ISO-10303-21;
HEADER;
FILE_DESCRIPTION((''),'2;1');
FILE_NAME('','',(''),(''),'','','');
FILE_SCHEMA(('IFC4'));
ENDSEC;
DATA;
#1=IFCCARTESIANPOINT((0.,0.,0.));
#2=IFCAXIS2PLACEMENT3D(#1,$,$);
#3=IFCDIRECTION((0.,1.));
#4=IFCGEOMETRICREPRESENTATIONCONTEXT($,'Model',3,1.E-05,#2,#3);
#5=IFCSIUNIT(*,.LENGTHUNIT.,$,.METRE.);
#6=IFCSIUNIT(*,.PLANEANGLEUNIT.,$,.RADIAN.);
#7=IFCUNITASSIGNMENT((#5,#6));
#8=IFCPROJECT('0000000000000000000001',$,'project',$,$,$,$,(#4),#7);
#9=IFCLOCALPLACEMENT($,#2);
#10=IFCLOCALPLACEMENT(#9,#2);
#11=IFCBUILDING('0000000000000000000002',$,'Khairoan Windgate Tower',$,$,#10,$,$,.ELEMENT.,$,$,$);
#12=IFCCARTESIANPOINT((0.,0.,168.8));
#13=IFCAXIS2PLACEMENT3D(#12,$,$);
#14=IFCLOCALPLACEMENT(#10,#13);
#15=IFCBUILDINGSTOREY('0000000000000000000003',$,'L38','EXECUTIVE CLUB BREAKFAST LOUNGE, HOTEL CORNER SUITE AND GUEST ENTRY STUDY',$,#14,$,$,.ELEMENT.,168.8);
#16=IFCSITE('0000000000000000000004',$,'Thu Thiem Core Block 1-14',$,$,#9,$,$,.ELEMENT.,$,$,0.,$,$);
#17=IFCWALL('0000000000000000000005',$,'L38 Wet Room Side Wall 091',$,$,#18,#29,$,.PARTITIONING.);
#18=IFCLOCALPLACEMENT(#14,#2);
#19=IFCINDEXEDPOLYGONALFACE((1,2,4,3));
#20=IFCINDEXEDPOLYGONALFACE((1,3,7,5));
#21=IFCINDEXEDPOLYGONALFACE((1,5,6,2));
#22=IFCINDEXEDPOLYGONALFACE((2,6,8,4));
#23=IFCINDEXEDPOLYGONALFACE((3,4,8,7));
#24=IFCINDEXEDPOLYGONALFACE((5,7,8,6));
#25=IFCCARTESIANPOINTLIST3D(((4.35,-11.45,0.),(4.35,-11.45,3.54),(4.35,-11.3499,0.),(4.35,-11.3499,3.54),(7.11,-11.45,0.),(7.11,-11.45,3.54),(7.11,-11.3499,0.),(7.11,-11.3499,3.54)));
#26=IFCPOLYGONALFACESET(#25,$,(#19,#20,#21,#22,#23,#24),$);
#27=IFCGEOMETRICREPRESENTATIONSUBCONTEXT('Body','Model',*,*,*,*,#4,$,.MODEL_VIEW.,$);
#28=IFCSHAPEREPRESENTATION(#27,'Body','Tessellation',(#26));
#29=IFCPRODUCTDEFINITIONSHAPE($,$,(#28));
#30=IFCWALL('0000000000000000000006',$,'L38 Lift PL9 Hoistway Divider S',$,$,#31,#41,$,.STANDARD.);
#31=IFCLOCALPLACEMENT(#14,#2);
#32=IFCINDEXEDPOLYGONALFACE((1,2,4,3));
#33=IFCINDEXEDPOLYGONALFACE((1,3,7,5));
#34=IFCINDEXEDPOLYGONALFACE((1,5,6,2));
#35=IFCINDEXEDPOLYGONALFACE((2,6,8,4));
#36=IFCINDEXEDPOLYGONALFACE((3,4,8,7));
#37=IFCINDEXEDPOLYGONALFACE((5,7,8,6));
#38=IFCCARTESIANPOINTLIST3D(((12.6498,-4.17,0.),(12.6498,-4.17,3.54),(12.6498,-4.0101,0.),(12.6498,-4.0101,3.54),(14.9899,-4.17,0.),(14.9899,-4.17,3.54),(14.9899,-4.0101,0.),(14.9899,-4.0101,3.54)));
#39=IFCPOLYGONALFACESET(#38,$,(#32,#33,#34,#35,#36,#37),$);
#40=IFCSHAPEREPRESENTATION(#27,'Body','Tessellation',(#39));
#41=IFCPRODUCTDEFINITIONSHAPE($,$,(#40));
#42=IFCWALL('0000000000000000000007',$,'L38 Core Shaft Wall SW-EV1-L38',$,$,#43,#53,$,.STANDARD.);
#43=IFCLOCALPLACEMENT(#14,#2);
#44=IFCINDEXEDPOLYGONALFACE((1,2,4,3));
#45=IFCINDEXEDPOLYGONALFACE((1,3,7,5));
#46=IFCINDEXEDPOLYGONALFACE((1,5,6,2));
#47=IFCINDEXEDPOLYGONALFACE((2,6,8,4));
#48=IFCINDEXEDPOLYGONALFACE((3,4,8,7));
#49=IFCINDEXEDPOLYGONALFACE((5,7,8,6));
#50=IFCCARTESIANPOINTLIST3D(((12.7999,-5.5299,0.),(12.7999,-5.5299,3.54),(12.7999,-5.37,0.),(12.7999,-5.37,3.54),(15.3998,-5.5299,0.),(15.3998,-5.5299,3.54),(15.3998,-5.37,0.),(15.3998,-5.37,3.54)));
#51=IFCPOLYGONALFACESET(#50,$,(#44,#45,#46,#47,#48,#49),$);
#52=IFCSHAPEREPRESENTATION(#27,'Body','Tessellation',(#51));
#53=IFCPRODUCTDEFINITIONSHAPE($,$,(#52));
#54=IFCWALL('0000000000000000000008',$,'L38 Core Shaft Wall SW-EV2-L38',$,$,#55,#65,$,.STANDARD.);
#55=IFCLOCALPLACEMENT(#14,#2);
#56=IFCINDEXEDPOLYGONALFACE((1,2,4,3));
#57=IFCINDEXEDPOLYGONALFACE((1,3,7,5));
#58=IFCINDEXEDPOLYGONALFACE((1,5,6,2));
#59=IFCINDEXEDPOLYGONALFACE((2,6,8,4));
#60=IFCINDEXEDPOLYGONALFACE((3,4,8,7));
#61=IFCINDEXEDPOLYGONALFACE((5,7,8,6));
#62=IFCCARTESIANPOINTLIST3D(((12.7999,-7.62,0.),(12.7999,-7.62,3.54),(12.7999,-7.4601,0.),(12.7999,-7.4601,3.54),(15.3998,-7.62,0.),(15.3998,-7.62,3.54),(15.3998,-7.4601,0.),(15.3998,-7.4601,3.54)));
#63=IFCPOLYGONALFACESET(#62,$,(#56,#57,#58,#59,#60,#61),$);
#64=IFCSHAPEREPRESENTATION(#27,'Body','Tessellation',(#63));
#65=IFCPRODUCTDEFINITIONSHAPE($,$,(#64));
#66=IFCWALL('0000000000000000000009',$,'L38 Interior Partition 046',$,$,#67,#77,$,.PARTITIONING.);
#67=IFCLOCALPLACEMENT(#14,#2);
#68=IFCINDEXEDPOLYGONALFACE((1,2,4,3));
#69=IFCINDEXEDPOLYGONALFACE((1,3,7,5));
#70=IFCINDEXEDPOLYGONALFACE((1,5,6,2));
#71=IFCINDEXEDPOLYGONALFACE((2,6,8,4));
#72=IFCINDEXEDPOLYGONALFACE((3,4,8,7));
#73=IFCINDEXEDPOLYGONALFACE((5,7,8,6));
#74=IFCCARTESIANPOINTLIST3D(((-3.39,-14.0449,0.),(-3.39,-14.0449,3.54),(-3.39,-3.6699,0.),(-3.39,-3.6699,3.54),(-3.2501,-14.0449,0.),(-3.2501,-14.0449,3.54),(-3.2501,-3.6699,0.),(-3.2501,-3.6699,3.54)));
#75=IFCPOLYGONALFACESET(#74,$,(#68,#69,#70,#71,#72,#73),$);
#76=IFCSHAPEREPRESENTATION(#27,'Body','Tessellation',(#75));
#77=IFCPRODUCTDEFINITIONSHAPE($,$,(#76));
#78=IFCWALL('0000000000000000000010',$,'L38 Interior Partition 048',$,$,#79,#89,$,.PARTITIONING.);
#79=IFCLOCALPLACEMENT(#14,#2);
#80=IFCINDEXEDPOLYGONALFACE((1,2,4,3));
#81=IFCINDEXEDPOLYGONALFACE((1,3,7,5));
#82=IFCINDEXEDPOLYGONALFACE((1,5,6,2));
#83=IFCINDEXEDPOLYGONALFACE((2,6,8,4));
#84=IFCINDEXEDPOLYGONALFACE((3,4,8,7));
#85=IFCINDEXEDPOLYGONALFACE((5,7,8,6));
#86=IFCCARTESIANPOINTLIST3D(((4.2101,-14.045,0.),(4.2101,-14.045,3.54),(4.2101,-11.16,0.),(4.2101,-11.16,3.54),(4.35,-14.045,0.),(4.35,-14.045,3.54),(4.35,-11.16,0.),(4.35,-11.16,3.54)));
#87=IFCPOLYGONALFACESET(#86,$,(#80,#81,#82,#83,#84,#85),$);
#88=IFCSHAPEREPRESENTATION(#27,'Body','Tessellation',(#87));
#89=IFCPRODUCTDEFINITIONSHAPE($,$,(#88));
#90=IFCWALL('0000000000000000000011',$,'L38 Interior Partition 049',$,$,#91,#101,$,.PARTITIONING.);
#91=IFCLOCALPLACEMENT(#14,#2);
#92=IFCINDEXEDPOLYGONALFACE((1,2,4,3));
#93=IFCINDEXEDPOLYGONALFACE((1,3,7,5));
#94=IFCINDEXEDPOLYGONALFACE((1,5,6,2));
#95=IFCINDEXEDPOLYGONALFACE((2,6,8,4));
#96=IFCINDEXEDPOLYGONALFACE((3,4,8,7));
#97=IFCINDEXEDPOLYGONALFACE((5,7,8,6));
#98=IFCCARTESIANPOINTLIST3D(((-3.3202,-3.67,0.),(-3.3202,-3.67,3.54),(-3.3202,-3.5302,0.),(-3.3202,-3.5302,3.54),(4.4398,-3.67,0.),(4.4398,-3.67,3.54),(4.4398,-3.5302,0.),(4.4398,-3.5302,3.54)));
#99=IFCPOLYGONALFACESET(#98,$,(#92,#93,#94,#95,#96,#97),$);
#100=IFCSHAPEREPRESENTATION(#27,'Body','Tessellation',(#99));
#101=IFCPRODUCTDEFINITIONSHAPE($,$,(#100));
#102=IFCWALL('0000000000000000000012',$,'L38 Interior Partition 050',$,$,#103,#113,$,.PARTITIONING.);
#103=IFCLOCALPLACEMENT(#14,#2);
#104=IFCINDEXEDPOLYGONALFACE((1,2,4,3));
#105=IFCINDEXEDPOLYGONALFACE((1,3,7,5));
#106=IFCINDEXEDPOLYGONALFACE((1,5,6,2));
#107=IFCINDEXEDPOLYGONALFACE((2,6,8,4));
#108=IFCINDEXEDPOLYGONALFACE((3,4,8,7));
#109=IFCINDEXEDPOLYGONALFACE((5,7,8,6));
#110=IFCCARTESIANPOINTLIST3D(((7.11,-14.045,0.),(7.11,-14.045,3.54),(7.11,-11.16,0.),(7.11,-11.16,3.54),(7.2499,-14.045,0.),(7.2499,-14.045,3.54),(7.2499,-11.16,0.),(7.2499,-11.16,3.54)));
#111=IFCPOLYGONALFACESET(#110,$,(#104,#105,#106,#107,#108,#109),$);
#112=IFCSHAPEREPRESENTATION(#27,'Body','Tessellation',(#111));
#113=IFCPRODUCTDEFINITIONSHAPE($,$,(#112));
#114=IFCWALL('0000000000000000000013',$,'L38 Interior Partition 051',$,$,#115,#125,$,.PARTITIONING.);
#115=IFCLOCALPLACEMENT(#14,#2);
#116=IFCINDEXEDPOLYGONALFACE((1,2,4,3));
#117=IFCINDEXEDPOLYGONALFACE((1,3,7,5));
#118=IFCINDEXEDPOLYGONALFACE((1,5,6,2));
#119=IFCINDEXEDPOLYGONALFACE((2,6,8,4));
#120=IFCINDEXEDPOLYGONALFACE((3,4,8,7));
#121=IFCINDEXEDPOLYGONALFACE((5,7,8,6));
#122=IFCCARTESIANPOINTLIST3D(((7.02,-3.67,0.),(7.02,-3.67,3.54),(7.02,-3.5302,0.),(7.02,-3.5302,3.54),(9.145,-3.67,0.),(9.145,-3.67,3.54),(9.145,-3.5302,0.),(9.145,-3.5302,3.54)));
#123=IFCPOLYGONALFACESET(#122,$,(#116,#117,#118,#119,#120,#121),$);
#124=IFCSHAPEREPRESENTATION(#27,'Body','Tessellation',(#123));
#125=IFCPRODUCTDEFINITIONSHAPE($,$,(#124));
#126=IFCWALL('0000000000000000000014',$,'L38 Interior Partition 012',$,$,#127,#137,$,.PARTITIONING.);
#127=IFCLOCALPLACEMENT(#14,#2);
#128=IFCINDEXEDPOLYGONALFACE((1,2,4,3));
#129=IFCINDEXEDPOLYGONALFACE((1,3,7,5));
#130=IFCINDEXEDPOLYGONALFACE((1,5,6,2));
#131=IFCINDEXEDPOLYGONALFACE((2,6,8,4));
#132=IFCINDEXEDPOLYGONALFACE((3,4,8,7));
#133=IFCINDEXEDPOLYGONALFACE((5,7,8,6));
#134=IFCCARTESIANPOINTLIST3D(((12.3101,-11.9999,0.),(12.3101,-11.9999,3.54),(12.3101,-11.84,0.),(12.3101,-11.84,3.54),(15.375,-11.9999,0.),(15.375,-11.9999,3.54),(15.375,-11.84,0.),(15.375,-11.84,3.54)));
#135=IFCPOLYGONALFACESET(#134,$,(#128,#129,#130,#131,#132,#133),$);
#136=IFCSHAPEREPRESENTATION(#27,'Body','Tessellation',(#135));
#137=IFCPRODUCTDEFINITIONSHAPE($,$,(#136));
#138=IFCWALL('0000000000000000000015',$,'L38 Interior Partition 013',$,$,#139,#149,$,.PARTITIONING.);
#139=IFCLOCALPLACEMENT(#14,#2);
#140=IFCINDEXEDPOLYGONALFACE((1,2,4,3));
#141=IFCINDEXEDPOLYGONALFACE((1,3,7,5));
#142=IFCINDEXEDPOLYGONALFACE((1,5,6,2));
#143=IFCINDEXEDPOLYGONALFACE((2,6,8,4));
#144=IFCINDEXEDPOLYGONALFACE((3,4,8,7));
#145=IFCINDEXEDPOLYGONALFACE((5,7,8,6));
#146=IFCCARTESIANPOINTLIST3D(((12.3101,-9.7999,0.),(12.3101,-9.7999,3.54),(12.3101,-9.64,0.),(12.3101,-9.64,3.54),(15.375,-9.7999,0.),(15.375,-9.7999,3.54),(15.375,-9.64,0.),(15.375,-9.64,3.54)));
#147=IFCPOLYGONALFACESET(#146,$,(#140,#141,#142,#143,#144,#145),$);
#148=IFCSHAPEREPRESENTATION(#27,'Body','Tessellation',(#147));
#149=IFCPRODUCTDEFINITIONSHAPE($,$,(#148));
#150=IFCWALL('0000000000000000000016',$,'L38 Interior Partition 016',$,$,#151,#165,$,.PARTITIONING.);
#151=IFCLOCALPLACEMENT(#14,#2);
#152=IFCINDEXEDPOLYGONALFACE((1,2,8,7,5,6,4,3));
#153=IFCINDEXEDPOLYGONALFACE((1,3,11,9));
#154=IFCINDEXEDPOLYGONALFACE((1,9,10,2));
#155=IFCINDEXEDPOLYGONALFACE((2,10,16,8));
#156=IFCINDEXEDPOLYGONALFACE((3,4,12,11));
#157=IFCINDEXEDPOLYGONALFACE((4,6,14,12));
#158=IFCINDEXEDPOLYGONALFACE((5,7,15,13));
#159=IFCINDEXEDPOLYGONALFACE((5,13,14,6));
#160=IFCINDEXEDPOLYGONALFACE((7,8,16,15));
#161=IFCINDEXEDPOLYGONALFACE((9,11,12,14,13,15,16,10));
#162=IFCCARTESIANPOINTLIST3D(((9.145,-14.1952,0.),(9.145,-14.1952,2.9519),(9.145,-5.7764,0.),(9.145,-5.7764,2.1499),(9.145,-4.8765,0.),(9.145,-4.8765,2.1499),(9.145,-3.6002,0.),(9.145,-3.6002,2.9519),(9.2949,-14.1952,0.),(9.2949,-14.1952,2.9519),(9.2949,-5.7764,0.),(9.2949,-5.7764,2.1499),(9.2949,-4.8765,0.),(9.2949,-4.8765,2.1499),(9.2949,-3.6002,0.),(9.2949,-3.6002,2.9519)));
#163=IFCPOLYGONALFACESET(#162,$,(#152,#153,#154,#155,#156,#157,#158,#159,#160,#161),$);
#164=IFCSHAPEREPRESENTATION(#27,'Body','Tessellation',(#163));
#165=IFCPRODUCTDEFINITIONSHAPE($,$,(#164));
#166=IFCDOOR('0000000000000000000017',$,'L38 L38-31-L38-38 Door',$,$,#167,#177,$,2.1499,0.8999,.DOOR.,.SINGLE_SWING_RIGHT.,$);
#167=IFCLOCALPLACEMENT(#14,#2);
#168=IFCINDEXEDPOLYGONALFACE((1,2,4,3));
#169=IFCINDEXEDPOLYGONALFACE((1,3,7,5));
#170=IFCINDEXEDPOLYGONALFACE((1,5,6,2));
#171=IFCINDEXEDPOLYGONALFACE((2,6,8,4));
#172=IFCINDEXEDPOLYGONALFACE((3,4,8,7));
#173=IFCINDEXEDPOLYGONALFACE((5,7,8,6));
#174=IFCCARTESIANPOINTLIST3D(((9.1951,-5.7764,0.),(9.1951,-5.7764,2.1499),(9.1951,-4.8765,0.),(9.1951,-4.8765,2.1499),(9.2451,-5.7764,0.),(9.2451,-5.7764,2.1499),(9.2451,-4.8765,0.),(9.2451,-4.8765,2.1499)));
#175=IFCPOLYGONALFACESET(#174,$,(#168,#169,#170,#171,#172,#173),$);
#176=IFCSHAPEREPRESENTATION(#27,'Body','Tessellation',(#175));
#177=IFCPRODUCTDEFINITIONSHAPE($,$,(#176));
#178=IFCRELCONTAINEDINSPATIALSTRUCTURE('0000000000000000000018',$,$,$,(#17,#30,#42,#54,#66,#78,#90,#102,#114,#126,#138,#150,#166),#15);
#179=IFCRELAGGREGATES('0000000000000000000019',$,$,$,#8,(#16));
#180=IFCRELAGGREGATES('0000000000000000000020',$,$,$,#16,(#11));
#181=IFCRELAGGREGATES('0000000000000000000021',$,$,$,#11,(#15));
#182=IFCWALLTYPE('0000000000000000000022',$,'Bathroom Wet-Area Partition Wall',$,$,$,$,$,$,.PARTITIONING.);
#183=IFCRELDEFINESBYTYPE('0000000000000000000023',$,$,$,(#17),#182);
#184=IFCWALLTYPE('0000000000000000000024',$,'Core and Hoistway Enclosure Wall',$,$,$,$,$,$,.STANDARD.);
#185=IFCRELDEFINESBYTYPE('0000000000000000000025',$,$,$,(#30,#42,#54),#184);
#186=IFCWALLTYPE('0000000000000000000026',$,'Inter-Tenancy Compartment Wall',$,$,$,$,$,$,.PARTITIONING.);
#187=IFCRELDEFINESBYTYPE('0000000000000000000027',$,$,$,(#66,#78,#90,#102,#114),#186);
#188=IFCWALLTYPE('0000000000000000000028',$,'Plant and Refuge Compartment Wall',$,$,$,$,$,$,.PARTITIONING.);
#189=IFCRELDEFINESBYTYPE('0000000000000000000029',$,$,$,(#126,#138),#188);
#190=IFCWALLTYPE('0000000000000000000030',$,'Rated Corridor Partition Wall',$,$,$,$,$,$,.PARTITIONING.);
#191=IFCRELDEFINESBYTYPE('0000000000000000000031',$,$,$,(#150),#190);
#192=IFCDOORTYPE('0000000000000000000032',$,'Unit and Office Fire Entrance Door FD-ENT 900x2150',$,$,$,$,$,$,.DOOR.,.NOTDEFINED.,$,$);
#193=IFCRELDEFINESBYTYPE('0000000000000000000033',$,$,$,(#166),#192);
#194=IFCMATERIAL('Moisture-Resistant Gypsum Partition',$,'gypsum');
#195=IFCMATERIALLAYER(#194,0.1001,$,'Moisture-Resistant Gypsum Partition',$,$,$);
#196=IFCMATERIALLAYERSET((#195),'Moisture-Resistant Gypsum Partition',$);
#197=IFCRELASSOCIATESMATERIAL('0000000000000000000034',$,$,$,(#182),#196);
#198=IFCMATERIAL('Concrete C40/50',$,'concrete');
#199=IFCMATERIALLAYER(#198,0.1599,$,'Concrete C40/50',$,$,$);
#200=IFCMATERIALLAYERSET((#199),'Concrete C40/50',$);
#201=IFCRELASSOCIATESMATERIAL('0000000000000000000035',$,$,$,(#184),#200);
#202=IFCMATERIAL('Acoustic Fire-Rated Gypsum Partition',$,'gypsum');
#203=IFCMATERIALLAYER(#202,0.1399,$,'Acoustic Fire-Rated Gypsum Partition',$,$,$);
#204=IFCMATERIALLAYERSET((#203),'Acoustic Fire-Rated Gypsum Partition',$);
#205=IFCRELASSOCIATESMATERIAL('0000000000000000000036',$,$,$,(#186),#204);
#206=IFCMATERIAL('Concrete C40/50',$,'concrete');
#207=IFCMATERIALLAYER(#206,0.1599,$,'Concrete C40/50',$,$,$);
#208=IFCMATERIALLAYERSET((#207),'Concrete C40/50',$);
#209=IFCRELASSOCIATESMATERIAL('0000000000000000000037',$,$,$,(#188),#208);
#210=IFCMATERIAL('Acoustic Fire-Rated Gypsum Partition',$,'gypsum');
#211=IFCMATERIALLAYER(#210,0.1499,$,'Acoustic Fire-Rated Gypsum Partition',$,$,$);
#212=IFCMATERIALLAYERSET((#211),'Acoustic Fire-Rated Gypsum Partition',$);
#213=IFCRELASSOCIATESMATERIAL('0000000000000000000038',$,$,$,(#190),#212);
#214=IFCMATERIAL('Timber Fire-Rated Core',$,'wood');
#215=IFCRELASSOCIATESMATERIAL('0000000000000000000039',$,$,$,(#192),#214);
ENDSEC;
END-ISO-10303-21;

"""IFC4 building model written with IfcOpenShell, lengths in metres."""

from ifc_helpers import new_model, si_unit, direction, frame, frame_2d, origin, place, context, subcontext, project, spatial, rectangle, extrude, material, layer, layer_set, type_object, element, fill, save


model = new_model("IFC4")

# Units and contexts
model_context = context("Model", 3, precision=1e-05, world=origin(), true_north=direction((0.0, 1.0)))
body_context = subcontext(model_context, "Body", "Model", "MODEL_VIEW")
ifc_project = project(units=[si_unit("LENGTHUNIT", "METRE"), si_unit("PLANEANGLEUNIT", "RADIAN")], contexts=[model_context])

# Site, building, storey
site_placement = place(None, origin())
site = spatial("IfcSite", under=ifc_project, at=site_placement, Name="Thu Thiem Core Block 1-14", CompositionType="ELEMENT", RefElevation=0.0)
building_placement = place(site_placement, origin())
building = spatial("IfcBuilding", under=site, at=building_placement, Name="Khairoan Windgate Tower", CompositionType="ELEMENT")
storey_placement = place(building_placement, frame((0.0, 0.0, 168.8)))
storey = spatial("IfcBuildingStorey", under=building, at=storey_placement, Name="L38", Description="EXECUTIVE CLUB BREAKFAST LOUNGE, HOTEL CORNER SUITE AND GUEST ENTRY STUDY", CompositionType="ELEMENT", Elevation=168.8)

# Walls
ifc_material_1 = material(Name="Moisture-Resistant Gypsum Partition", Category="gypsum")
ifc_layer_1 = layer(ifc_material_1, 0.1001, Name="Moisture-Resistant Gypsum Partition")
ifc_layer_set_1 = layer_set([ifc_layer_1], Name="Moisture-Resistant Gypsum Partition")
wall_type_1 = type_object("IfcWallType", Name="Bathroom Wet-Area Partition Wall", PredefinedType="PARTITIONING", material=ifc_layer_set_1)
wall_1_placement = place(storey_placement, frame((4.3501, -11.3999, 0.0), z_axis=(0.0, 0.0, 1.0), x_axis=(1.0, 0.0, 0.0)))
element("IfcWall", 1, at=wall_1_placement, inside=storey, type_object=wall_type_1, Name="L38 Wet Room Side Wall 091", PredefinedType="PARTITIONING", context=body_context, shape_type="SweptSolid", body=[
    extrude(rectangle(XDim=2.76, YDim=0.1001, at=frame_2d((1.3799, 0.0))), origin(), (0.0, 0.0, 1.0), 3.54),
])
ifc_material_2 = material(Name="Concrete C40/50", Category="concrete")
ifc_layer_2 = layer(ifc_material_2, 0.1599, Name="Concrete C40/50")
ifc_layer_set_2 = layer_set([ifc_layer_2], Name="Concrete C40/50")
wall_type_2 = type_object("IfcWallType", Name="Core and Hoistway Enclosure Wall", PredefinedType="STANDARD", material=ifc_layer_set_2)
wall_2_placement = place(storey_placement, frame((12.6499, -4.0901, 0.0), z_axis=(0.0, 0.0, 1.0), x_axis=(1.0, 0.0, 0.0)))
element("IfcWall", 2, at=wall_2_placement, inside=storey, type_object=wall_type_2, Name="L38 Lift PL9 Hoistway Divider S", PredefinedType="STANDARD", context=body_context, shape_type="SweptSolid", body=[
    extrude(rectangle(XDim=2.3401, YDim=0.1599, at=frame_2d((1.1699, 0.0))), origin(), (0.0, 0.0, 1.0), 3.54),
])
for number, where, z_axis, x_axis, name in (
    (3, (12.8, -5.45, 0.0), (0.0, 0.0, 1.0), (1.0, 0.0, 0.0), "L38 Core Shaft Wall SW-EV1-L38"),
    (4, (12.8, -7.54, 0.0), (0.0, 0.0, 1.0), (1.0, 0.0, 0.0), "L38 Core Shaft Wall SW-EV2-L38"),
):
    element("IfcWall", number, at=place(storey_placement, frame(where, z_axis=z_axis, x_axis=x_axis)), inside=storey, type_object=wall_type_2, Name=name, PredefinedType="STANDARD", context=body_context, shape_type="SweptSolid", body=[
        extrude(rectangle(XDim=2.5999, YDim=0.1599, at=frame_2d((1.2998, 0.0))), origin(), (0.0, 0.0, 1.0), 3.54),
    ])
ifc_material_3 = material(Name="Acoustic Fire-Rated Gypsum Partition", Category="gypsum")
ifc_layer_3 = layer(ifc_material_3, 0.1399, Name="Acoustic Fire-Rated Gypsum Partition")
ifc_layer_set_3 = layer_set([ifc_layer_3], Name="Acoustic Fire-Rated Gypsum Partition")
wall_type_3 = type_object("IfcWallType", Name="Inter-Tenancy Compartment Wall", PredefinedType="PARTITIONING", material=ifc_layer_set_3)
wall_3_placement = place(storey_placement, frame((-3.3201, -14.0449, 0.0), z_axis=(0.0, 0.0, 1.0), x_axis=(0.0, 1.0, 0.0)))
element("IfcWall", 5, at=wall_3_placement, inside=storey, type_object=wall_type_3, Name="L38 Interior Partition 046", PredefinedType="PARTITIONING", context=body_context, shape_type="SweptSolid", body=[
    extrude(rectangle(XDim=10.375, YDim=0.1399, at=frame_2d((5.1875, 0.0))), origin(), (0.0, 0.0, 1.0), 3.54),
])
wall_4_placement = place(storey_placement, frame((4.28, -14.0449, 0.0), z_axis=(0.0, 0.0, 1.0), x_axis=(0.0, 1.0, 0.0)))
element("IfcWall", 6, at=wall_4_placement, inside=storey, type_object=wall_type_3, Name="L38 Interior Partition 048", PredefinedType="PARTITIONING", context=body_context, shape_type="SweptSolid", body=[
    extrude(rectangle(XDim=2.885, YDim=0.1399, at=frame_2d((1.4424, 0.0))), origin(), (0.0, 0.0, 1.0), 3.54),
])
wall_5_placement = place(storey_placement, frame((-3.3201, -3.6001, 0.0), z_axis=(0.0, 0.0, 1.0), x_axis=(1.0, 0.0, 0.0)))
element("IfcWall", 7, at=wall_5_placement, inside=storey, type_object=wall_type_3, Name="L38 Interior Partition 049", PredefinedType="PARTITIONING", context=body_context, shape_type="SweptSolid", body=[
    extrude(rectangle(XDim=7.76, YDim=0.1399, at=frame_2d((3.8799, 0.0))), origin(), (0.0, 0.0, 1.0), 3.54),
])
wall_6_placement = place(storey_placement, frame((7.1799, -14.0449, 0.0), z_axis=(0.0, 0.0, 1.0), x_axis=(0.0, 1.0, 0.0)))
element("IfcWall", 8, at=wall_6_placement, inside=storey, type_object=wall_type_3, Name="L38 Interior Partition 050", PredefinedType="PARTITIONING", context=body_context, shape_type="SweptSolid", body=[
    extrude(rectangle(XDim=2.885, YDim=0.1399, at=frame_2d((1.4424, 0.0))), origin(), (0.0, 0.0, 1.0), 3.54),
])
wall_7_placement = place(storey_placement, frame((7.02, -3.6001, 0.0), z_axis=(0.0, 0.0, 1.0), x_axis=(1.0, 0.0, 0.0)))
element("IfcWall", 9, at=wall_7_placement, inside=storey, type_object=wall_type_3, Name="L38 Interior Partition 051", PredefinedType="PARTITIONING", context=body_context, shape_type="SweptSolid", body=[
    extrude(rectangle(XDim=2.125, YDim=0.1399, at=frame_2d((1.0625, 0.0))), origin(), (0.0, 0.0, 1.0), 3.54),
])
ifc_material_4 = material(Name="Concrete C40/50", Category="concrete")
ifc_layer_4 = layer(ifc_material_4, 0.1599, Name="Concrete C40/50")
ifc_layer_set_4 = layer_set([ifc_layer_4], Name="Concrete C40/50")
wall_type_4 = type_object("IfcWallType", Name="Plant and Refuge Compartment Wall", PredefinedType="PARTITIONING", material=ifc_layer_set_4)
for number, where, z_axis, x_axis, name in (
    (10, (12.3101, -11.9199, 0.0), (0.0, 0.0, 1.0), (1.0, 0.0, 0.0), "L38 Interior Partition 012"),
    (11, (12.3101, -9.72, 0.0), (0.0, 0.0, 1.0), (1.0, 0.0, 0.0), "L38 Interior Partition 013"),
):
    element("IfcWall", number, at=place(storey_placement, frame(where, z_axis=z_axis, x_axis=x_axis)), inside=storey, type_object=wall_type_4, Name=name, PredefinedType="PARTITIONING", context=body_context, shape_type="SweptSolid", body=[
        extrude(rectangle(XDim=3.0649, YDim=0.1599, at=frame_2d((1.5325, 0.0))), origin(), (0.0, 0.0, 1.0), 3.54),
    ])

# Wall, opening, door
ifc_material_5 = material(Name="Acoustic Fire-Rated Gypsum Partition", Category="gypsum")
ifc_layer_5 = layer(ifc_material_5, 0.1499, Name="Acoustic Fire-Rated Gypsum Partition")
ifc_layer_set_5 = layer_set([ifc_layer_5], Name="Acoustic Fire-Rated Gypsum Partition")
wall_type_5 = type_object("IfcWallType", Name="Rated Corridor Partition Wall", PredefinedType="PARTITIONING", material=ifc_layer_set_5)
wall_8_placement = place(storey_placement, frame((9.22, -14.1951, 0.0), z_axis=(0.0, 0.0, 1.0), x_axis=(0.0, 1.0, 0.0)))
wall_8 = element("IfcWall", 12, at=wall_8_placement, inside=storey, type_object=wall_type_5, Name="L38 Interior Partition 016", PredefinedType="PARTITIONING", context=body_context, shape_type="SweptSolid", body=[
    extrude(rectangle(XDim=10.595, YDim=0.1499, at=frame_2d((5.2974, 0.0))), origin(), (0.0, 0.0, 1.0), 2.9519),
])
opening_1_placement = place(wall_8_placement, frame((8.4187, 0.0, 0.0)))
opening_1 = element("IfcOpeningElement", 13, at=opening_1_placement, cuts=wall_8, PredefinedType="OPENING", context=body_context, shape_type="SweptSolid", body=[
    extrude(rectangle(XDim=0.8999, YDim=2.1499, at=frame_2d((0.45, 1.075))), frame((0.0, 0.085, 0.0), z_axis=(0.0, -1.0, 0.0), x_axis=(1.0, 0.0, 0.0)), (0.0, 0.0, 1.0), 0.1699),
])
ifc_material_6 = material(Name="Timber Fire-Rated Core", Category="wood")
door_type = type_object("IfcDoorType", Name="Unit and Office Fire Entrance Door FD-ENT 900x2150", OperationType="NOTDEFINED", PredefinedType="DOOR", material=ifc_material_6)
door_1_placement = place(opening_1_placement, origin())
door_1 = element("IfcDoor", 14, at=door_1_placement, inside=storey, type_object=door_type, Name="L38 L38-31-L38-38 Door", OperationType="SINGLE_SWING_RIGHT", OverallHeight=2.1499, OverallWidth=0.8999, PredefinedType="DOOR", context=body_context, shape_type="SweptSolid", body=[
    extrude(rectangle(XDim=0.8999, YDim=2.1499, at=frame_2d((0.45, 1.075))), frame((0.0, 0.0249, 0.0), z_axis=(0.0, -1.0, 0.0), x_axis=(1.0, 0.0, 0.0)), (0.0, 0.0, 1.0), 0.05),
])
fill(opening_1, door_1)

save(model, "model.ifc")
